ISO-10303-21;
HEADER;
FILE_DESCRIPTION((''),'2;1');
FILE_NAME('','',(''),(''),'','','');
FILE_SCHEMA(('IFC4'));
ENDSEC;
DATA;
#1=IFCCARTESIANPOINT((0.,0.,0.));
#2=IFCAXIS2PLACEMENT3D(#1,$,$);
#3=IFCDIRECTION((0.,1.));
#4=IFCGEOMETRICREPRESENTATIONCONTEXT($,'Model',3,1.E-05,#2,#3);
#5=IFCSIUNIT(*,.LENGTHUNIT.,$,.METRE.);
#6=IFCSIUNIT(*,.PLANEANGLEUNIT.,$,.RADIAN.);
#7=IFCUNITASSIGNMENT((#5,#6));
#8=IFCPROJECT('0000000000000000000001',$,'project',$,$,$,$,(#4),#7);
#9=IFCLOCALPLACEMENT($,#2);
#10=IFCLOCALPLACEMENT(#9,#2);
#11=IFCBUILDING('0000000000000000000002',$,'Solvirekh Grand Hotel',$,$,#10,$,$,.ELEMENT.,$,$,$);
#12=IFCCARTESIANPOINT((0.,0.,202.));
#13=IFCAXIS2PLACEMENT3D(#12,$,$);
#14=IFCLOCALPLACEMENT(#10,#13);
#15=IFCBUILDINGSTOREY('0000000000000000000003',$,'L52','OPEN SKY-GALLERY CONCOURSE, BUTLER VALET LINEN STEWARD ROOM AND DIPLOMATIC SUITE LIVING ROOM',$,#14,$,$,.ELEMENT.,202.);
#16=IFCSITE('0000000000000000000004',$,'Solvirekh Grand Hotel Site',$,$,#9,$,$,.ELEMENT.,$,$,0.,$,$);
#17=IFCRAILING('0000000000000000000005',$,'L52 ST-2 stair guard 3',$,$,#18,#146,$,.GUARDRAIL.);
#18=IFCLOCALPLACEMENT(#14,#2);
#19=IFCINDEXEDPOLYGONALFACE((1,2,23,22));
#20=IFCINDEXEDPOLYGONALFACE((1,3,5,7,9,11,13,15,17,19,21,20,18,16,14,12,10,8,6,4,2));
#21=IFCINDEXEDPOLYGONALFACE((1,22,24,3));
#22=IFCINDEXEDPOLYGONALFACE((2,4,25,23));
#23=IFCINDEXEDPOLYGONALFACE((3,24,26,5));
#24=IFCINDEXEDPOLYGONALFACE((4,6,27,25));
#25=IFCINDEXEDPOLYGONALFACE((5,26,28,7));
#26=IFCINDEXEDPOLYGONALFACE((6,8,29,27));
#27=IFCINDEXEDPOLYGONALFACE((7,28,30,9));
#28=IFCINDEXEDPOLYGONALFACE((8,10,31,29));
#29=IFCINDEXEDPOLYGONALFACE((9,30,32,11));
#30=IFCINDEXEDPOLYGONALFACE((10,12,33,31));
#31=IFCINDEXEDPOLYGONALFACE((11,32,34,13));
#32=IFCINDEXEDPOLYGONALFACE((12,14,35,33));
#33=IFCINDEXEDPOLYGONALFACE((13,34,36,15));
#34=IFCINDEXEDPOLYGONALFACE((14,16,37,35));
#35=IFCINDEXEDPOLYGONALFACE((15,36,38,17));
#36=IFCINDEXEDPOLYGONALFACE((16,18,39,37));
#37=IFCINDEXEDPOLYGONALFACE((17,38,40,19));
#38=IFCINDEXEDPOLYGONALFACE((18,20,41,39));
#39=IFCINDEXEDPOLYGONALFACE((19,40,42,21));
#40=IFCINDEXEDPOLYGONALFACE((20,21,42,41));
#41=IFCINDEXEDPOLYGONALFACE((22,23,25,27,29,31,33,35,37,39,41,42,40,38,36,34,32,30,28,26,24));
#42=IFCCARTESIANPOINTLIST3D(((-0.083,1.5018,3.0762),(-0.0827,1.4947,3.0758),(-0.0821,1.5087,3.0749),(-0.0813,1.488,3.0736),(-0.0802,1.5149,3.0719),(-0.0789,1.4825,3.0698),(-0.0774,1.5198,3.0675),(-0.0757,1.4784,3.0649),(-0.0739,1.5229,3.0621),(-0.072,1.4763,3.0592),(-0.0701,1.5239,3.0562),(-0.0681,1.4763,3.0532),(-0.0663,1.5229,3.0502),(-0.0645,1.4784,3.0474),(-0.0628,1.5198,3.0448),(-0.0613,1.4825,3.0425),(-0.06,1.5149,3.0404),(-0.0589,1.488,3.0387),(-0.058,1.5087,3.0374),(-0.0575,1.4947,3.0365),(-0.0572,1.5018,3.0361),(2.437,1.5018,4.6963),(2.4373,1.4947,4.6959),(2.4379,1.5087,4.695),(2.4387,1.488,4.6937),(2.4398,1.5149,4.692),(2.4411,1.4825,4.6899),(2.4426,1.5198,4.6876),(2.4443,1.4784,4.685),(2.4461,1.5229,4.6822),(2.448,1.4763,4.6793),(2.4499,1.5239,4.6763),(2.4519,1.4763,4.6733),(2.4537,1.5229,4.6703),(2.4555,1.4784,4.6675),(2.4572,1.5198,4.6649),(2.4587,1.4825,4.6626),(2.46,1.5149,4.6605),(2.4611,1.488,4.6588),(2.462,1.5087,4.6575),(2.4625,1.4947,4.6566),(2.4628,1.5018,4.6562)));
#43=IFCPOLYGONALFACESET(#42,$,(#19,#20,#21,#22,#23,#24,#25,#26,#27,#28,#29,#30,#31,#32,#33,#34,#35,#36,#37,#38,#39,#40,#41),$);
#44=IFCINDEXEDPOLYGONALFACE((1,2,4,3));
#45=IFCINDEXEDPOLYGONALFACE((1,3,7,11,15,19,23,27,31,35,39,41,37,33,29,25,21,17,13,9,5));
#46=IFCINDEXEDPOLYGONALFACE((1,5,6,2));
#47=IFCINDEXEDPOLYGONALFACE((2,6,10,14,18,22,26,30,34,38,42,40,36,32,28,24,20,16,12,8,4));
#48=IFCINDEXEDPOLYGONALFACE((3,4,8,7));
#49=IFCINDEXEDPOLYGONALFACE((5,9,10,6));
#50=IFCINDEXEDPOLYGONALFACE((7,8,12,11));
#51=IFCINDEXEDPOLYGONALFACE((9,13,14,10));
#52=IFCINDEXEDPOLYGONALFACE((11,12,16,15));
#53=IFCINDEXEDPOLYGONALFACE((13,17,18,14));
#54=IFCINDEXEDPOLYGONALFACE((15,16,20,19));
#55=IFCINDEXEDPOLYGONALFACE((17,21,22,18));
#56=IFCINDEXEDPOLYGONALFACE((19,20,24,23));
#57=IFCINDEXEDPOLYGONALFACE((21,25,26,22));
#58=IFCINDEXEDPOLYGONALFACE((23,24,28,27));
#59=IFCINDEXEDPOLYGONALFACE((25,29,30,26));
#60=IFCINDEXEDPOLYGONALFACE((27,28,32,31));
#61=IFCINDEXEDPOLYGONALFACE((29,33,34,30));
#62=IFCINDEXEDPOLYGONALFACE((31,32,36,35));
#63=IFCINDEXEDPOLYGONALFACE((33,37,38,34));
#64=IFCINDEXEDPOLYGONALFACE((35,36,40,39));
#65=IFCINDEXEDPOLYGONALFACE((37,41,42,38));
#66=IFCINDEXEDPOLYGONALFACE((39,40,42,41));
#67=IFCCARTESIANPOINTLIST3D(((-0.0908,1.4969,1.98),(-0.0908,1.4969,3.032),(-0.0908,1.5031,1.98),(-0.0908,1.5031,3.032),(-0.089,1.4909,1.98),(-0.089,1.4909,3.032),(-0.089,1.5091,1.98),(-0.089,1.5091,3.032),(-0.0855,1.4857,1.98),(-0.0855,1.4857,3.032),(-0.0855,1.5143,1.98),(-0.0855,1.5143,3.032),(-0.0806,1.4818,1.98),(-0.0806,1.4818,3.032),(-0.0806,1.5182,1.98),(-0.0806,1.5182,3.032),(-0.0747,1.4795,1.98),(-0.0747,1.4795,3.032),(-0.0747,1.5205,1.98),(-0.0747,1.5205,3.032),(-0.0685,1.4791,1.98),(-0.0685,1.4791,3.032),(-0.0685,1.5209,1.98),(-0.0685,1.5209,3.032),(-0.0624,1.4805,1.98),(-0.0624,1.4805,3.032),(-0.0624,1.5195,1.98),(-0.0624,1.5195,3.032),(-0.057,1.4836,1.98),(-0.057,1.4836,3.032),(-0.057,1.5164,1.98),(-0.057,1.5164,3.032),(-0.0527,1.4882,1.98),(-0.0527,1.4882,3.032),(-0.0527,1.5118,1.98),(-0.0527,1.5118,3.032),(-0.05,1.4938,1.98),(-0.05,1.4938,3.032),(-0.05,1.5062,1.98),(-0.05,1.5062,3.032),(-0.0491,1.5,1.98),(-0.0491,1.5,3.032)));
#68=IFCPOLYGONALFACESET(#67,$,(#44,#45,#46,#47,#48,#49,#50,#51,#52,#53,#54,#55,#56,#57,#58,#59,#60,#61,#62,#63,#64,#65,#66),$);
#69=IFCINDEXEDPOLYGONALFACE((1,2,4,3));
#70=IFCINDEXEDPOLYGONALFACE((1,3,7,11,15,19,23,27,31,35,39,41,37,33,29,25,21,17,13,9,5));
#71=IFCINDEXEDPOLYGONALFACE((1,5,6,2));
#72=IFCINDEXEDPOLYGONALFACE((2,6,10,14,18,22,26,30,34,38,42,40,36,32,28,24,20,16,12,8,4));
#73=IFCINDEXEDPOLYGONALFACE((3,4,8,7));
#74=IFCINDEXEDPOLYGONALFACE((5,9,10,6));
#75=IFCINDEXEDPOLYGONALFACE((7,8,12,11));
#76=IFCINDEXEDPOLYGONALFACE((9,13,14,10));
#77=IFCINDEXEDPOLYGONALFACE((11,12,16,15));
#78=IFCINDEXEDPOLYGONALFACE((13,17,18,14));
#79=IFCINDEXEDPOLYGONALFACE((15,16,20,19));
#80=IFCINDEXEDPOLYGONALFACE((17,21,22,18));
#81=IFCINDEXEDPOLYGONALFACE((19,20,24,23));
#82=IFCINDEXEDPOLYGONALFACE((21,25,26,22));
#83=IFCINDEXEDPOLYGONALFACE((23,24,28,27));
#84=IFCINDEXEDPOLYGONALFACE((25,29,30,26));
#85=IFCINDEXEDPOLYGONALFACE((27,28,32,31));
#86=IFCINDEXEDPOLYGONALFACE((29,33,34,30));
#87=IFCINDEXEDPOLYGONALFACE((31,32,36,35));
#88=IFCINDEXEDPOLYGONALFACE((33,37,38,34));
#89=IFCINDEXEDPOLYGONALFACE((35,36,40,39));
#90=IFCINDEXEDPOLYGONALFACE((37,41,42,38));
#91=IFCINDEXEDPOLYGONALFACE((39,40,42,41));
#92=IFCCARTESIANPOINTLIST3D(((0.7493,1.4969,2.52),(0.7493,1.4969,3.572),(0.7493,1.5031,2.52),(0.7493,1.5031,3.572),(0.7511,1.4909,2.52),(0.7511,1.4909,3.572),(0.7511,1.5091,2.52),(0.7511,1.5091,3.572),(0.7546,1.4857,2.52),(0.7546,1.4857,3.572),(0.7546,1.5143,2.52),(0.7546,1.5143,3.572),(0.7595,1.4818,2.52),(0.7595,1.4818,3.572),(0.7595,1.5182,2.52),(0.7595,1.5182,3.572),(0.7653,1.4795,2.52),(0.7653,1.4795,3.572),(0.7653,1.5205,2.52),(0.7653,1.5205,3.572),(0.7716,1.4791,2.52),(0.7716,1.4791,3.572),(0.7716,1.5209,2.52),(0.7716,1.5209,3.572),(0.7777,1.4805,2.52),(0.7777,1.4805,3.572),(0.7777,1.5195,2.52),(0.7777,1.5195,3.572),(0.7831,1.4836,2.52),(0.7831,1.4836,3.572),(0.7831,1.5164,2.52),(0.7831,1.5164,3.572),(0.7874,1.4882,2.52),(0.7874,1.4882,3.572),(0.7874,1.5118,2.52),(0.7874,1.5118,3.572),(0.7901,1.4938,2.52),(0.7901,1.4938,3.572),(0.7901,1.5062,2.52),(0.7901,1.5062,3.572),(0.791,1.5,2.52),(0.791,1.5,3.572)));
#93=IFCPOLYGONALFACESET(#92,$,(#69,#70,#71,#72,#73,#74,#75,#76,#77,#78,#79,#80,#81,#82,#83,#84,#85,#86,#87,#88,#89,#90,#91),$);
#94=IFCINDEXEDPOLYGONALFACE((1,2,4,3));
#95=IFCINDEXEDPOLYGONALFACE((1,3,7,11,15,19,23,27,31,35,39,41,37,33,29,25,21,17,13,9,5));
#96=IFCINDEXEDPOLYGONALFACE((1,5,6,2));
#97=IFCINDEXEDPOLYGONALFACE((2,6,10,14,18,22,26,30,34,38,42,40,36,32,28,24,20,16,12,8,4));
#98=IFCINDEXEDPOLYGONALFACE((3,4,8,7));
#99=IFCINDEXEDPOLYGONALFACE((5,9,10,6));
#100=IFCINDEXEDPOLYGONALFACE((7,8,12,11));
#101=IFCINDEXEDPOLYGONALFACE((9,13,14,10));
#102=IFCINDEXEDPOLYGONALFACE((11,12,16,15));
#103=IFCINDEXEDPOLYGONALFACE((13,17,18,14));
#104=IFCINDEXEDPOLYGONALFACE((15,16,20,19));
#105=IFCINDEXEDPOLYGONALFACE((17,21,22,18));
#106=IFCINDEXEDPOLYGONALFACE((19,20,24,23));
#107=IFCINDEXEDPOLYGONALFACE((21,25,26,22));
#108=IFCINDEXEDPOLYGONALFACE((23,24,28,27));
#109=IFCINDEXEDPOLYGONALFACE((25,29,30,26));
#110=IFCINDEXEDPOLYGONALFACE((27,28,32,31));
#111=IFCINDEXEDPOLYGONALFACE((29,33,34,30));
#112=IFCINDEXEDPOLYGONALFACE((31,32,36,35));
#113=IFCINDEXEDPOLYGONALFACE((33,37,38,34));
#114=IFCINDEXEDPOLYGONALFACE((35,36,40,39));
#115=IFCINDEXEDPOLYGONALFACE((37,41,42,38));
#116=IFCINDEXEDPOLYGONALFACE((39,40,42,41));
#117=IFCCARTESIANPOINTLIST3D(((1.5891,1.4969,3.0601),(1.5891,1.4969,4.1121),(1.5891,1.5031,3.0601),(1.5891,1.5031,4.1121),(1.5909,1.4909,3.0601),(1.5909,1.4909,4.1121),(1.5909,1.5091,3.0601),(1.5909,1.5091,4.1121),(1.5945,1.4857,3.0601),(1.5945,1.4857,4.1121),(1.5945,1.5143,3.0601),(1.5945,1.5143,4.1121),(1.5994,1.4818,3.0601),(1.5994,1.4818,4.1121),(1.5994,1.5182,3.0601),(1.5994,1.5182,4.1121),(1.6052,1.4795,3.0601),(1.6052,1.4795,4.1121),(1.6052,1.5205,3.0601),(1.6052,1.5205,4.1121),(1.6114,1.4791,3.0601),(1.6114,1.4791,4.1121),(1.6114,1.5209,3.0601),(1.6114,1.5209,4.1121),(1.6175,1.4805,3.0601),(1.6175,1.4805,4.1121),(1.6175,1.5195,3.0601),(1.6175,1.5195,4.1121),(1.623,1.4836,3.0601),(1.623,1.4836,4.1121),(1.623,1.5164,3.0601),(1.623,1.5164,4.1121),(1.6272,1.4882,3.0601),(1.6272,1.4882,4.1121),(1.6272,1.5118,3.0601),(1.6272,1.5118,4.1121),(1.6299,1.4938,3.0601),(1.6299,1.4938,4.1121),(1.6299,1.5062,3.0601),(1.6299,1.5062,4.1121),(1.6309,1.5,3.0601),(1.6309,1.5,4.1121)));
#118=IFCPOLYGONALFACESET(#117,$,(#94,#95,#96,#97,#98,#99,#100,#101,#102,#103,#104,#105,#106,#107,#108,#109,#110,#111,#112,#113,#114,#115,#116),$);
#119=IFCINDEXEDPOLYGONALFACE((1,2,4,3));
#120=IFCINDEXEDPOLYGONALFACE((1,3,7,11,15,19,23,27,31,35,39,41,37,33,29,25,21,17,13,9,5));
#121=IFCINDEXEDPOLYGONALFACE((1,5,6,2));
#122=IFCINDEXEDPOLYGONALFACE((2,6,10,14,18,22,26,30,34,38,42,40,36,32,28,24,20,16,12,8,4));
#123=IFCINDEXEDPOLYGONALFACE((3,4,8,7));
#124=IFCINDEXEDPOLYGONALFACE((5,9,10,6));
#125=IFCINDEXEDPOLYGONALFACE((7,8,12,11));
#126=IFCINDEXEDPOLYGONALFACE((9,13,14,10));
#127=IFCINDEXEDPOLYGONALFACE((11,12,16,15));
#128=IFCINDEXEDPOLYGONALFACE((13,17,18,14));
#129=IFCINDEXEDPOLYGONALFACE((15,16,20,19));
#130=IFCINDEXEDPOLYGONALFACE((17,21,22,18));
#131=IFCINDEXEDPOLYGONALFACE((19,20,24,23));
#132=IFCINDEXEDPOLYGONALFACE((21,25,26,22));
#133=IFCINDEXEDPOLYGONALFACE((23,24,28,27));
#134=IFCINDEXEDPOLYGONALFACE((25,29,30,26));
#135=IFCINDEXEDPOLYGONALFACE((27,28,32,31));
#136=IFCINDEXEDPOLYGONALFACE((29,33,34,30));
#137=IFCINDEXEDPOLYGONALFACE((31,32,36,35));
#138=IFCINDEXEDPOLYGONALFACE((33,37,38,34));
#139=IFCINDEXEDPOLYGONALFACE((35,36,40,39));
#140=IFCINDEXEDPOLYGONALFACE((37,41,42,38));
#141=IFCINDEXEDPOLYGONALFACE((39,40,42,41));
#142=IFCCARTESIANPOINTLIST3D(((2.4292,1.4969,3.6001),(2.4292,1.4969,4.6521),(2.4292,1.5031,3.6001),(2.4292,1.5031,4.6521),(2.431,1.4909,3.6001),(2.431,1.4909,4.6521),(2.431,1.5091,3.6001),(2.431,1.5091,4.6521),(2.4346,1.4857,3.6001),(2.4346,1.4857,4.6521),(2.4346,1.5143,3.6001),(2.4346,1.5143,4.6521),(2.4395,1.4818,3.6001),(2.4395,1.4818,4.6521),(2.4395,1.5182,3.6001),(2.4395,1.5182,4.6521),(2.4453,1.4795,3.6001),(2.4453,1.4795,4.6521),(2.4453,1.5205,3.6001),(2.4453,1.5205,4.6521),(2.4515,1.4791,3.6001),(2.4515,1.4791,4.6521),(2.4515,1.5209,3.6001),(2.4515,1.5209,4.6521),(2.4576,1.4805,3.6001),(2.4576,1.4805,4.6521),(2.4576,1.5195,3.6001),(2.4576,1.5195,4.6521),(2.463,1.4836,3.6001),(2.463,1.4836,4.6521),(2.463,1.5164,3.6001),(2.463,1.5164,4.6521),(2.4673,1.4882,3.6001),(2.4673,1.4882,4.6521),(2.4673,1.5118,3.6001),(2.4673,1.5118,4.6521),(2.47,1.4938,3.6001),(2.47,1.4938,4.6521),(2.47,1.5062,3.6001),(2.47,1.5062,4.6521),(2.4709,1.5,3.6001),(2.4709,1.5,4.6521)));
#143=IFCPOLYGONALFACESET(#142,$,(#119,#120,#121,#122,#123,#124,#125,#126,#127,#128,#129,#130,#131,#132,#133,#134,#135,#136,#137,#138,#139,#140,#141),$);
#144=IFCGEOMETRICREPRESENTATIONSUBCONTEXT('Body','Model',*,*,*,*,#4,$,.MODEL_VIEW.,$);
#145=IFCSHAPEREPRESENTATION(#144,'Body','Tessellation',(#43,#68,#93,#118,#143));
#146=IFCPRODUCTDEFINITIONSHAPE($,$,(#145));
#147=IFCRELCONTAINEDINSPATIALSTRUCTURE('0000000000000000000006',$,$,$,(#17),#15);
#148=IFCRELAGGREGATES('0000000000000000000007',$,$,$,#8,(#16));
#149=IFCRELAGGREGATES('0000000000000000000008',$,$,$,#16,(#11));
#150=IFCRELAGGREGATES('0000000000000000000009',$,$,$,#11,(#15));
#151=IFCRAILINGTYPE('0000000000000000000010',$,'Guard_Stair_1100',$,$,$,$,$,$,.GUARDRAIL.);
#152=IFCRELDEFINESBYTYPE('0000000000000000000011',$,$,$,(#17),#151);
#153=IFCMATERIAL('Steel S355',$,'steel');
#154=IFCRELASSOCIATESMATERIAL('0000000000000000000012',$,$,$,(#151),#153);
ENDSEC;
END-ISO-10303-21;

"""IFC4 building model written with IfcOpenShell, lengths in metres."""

from ifc_helpers import new_model, si_unit, direction, frame, origin, origin_2d, place, context, subcontext, project, spatial, circle, extrude, material, type_object, element, save


model = new_model("IFC4")

# Units and contexts
model_context = context("Model", 3, precision=1e-05, world=origin(), true_north=direction((0.0, 1.0)))
body_context = subcontext(model_context, "Body", "Model", "MODEL_VIEW")
ifc_project = project(units=[si_unit("LENGTHUNIT", "METRE"), si_unit("PLANEANGLEUNIT", "RADIAN")], contexts=[model_context])

# Site, building, storey
site_placement = place(None, origin())
site = spatial("IfcSite", under=ifc_project, at=site_placement, Name="Solvirekh Grand Hotel Site", CompositionType="ELEMENT", RefElevation=0.0)
building_placement = place(site_placement, origin())
building = spatial("IfcBuilding", under=site, at=building_placement, Name="Solvirekh Grand Hotel", CompositionType="ELEMENT")
storey_placement = place(building_placement, frame((0.0, 0.0, 202.0)))
storey = spatial("IfcBuildingStorey", under=building, at=storey_placement, Name="L52", Description="OPEN SKY-GALLERY CONCOURSE, BUTLER VALET LINEN STEWARD ROOM AND DIPLOMATIC SUITE LIVING ROOM", CompositionType="ELEMENT", Elevation=202.0)

# Shared definitions
ifc_material_1 = material(Name="Steel S355", Category="steel")

# Railing
railing_type = type_object("IfcRailingType", Name="Guard_Stair_1100", PredefinedType="GUARDRAIL", material=ifc_material_1)
railing_1_placement = place(storey_placement, frame((-0.0701, 1.5, 1.98)))
element("IfcRailing", 1, at=railing_1_placement, inside=storey, type_object=railing_type, Name="L52 ST-2 stair guard 3", PredefinedType="GUARDRAIL", context=body_context, shape_type="SweptSolid", body=[
    extrude(circle(Radius=0.0239, at=origin_2d()), frame((0.0, 0.0, 1.0762), z_axis=(0.841163, 0.0, 0.540782), x_axis=(0.0, 1.0, 0.0)), (0.0, 0.0, 1.0), 2.9958),
    extrude(circle(Radius=0.021, at=origin_2d()), origin(), (0.0, 0.0, 1.0), 1.052),
    extrude(circle(Radius=0.021, at=origin_2d()), frame((0.8401, 0.0, 0.54)), (0.0, 0.0, 1.0), 1.052),
    extrude(circle(Radius=0.021, at=origin_2d()), frame((1.6799, 0.0, 1.0801)), (0.0, 0.0, 1.0), 1.052),
    extrude(circle(Radius=0.021, at=origin_2d()), frame((2.52, 0.0, 1.6201)), (0.0, 0.0, 1.0), 1.052),
])

save(model, "model.ifc")
